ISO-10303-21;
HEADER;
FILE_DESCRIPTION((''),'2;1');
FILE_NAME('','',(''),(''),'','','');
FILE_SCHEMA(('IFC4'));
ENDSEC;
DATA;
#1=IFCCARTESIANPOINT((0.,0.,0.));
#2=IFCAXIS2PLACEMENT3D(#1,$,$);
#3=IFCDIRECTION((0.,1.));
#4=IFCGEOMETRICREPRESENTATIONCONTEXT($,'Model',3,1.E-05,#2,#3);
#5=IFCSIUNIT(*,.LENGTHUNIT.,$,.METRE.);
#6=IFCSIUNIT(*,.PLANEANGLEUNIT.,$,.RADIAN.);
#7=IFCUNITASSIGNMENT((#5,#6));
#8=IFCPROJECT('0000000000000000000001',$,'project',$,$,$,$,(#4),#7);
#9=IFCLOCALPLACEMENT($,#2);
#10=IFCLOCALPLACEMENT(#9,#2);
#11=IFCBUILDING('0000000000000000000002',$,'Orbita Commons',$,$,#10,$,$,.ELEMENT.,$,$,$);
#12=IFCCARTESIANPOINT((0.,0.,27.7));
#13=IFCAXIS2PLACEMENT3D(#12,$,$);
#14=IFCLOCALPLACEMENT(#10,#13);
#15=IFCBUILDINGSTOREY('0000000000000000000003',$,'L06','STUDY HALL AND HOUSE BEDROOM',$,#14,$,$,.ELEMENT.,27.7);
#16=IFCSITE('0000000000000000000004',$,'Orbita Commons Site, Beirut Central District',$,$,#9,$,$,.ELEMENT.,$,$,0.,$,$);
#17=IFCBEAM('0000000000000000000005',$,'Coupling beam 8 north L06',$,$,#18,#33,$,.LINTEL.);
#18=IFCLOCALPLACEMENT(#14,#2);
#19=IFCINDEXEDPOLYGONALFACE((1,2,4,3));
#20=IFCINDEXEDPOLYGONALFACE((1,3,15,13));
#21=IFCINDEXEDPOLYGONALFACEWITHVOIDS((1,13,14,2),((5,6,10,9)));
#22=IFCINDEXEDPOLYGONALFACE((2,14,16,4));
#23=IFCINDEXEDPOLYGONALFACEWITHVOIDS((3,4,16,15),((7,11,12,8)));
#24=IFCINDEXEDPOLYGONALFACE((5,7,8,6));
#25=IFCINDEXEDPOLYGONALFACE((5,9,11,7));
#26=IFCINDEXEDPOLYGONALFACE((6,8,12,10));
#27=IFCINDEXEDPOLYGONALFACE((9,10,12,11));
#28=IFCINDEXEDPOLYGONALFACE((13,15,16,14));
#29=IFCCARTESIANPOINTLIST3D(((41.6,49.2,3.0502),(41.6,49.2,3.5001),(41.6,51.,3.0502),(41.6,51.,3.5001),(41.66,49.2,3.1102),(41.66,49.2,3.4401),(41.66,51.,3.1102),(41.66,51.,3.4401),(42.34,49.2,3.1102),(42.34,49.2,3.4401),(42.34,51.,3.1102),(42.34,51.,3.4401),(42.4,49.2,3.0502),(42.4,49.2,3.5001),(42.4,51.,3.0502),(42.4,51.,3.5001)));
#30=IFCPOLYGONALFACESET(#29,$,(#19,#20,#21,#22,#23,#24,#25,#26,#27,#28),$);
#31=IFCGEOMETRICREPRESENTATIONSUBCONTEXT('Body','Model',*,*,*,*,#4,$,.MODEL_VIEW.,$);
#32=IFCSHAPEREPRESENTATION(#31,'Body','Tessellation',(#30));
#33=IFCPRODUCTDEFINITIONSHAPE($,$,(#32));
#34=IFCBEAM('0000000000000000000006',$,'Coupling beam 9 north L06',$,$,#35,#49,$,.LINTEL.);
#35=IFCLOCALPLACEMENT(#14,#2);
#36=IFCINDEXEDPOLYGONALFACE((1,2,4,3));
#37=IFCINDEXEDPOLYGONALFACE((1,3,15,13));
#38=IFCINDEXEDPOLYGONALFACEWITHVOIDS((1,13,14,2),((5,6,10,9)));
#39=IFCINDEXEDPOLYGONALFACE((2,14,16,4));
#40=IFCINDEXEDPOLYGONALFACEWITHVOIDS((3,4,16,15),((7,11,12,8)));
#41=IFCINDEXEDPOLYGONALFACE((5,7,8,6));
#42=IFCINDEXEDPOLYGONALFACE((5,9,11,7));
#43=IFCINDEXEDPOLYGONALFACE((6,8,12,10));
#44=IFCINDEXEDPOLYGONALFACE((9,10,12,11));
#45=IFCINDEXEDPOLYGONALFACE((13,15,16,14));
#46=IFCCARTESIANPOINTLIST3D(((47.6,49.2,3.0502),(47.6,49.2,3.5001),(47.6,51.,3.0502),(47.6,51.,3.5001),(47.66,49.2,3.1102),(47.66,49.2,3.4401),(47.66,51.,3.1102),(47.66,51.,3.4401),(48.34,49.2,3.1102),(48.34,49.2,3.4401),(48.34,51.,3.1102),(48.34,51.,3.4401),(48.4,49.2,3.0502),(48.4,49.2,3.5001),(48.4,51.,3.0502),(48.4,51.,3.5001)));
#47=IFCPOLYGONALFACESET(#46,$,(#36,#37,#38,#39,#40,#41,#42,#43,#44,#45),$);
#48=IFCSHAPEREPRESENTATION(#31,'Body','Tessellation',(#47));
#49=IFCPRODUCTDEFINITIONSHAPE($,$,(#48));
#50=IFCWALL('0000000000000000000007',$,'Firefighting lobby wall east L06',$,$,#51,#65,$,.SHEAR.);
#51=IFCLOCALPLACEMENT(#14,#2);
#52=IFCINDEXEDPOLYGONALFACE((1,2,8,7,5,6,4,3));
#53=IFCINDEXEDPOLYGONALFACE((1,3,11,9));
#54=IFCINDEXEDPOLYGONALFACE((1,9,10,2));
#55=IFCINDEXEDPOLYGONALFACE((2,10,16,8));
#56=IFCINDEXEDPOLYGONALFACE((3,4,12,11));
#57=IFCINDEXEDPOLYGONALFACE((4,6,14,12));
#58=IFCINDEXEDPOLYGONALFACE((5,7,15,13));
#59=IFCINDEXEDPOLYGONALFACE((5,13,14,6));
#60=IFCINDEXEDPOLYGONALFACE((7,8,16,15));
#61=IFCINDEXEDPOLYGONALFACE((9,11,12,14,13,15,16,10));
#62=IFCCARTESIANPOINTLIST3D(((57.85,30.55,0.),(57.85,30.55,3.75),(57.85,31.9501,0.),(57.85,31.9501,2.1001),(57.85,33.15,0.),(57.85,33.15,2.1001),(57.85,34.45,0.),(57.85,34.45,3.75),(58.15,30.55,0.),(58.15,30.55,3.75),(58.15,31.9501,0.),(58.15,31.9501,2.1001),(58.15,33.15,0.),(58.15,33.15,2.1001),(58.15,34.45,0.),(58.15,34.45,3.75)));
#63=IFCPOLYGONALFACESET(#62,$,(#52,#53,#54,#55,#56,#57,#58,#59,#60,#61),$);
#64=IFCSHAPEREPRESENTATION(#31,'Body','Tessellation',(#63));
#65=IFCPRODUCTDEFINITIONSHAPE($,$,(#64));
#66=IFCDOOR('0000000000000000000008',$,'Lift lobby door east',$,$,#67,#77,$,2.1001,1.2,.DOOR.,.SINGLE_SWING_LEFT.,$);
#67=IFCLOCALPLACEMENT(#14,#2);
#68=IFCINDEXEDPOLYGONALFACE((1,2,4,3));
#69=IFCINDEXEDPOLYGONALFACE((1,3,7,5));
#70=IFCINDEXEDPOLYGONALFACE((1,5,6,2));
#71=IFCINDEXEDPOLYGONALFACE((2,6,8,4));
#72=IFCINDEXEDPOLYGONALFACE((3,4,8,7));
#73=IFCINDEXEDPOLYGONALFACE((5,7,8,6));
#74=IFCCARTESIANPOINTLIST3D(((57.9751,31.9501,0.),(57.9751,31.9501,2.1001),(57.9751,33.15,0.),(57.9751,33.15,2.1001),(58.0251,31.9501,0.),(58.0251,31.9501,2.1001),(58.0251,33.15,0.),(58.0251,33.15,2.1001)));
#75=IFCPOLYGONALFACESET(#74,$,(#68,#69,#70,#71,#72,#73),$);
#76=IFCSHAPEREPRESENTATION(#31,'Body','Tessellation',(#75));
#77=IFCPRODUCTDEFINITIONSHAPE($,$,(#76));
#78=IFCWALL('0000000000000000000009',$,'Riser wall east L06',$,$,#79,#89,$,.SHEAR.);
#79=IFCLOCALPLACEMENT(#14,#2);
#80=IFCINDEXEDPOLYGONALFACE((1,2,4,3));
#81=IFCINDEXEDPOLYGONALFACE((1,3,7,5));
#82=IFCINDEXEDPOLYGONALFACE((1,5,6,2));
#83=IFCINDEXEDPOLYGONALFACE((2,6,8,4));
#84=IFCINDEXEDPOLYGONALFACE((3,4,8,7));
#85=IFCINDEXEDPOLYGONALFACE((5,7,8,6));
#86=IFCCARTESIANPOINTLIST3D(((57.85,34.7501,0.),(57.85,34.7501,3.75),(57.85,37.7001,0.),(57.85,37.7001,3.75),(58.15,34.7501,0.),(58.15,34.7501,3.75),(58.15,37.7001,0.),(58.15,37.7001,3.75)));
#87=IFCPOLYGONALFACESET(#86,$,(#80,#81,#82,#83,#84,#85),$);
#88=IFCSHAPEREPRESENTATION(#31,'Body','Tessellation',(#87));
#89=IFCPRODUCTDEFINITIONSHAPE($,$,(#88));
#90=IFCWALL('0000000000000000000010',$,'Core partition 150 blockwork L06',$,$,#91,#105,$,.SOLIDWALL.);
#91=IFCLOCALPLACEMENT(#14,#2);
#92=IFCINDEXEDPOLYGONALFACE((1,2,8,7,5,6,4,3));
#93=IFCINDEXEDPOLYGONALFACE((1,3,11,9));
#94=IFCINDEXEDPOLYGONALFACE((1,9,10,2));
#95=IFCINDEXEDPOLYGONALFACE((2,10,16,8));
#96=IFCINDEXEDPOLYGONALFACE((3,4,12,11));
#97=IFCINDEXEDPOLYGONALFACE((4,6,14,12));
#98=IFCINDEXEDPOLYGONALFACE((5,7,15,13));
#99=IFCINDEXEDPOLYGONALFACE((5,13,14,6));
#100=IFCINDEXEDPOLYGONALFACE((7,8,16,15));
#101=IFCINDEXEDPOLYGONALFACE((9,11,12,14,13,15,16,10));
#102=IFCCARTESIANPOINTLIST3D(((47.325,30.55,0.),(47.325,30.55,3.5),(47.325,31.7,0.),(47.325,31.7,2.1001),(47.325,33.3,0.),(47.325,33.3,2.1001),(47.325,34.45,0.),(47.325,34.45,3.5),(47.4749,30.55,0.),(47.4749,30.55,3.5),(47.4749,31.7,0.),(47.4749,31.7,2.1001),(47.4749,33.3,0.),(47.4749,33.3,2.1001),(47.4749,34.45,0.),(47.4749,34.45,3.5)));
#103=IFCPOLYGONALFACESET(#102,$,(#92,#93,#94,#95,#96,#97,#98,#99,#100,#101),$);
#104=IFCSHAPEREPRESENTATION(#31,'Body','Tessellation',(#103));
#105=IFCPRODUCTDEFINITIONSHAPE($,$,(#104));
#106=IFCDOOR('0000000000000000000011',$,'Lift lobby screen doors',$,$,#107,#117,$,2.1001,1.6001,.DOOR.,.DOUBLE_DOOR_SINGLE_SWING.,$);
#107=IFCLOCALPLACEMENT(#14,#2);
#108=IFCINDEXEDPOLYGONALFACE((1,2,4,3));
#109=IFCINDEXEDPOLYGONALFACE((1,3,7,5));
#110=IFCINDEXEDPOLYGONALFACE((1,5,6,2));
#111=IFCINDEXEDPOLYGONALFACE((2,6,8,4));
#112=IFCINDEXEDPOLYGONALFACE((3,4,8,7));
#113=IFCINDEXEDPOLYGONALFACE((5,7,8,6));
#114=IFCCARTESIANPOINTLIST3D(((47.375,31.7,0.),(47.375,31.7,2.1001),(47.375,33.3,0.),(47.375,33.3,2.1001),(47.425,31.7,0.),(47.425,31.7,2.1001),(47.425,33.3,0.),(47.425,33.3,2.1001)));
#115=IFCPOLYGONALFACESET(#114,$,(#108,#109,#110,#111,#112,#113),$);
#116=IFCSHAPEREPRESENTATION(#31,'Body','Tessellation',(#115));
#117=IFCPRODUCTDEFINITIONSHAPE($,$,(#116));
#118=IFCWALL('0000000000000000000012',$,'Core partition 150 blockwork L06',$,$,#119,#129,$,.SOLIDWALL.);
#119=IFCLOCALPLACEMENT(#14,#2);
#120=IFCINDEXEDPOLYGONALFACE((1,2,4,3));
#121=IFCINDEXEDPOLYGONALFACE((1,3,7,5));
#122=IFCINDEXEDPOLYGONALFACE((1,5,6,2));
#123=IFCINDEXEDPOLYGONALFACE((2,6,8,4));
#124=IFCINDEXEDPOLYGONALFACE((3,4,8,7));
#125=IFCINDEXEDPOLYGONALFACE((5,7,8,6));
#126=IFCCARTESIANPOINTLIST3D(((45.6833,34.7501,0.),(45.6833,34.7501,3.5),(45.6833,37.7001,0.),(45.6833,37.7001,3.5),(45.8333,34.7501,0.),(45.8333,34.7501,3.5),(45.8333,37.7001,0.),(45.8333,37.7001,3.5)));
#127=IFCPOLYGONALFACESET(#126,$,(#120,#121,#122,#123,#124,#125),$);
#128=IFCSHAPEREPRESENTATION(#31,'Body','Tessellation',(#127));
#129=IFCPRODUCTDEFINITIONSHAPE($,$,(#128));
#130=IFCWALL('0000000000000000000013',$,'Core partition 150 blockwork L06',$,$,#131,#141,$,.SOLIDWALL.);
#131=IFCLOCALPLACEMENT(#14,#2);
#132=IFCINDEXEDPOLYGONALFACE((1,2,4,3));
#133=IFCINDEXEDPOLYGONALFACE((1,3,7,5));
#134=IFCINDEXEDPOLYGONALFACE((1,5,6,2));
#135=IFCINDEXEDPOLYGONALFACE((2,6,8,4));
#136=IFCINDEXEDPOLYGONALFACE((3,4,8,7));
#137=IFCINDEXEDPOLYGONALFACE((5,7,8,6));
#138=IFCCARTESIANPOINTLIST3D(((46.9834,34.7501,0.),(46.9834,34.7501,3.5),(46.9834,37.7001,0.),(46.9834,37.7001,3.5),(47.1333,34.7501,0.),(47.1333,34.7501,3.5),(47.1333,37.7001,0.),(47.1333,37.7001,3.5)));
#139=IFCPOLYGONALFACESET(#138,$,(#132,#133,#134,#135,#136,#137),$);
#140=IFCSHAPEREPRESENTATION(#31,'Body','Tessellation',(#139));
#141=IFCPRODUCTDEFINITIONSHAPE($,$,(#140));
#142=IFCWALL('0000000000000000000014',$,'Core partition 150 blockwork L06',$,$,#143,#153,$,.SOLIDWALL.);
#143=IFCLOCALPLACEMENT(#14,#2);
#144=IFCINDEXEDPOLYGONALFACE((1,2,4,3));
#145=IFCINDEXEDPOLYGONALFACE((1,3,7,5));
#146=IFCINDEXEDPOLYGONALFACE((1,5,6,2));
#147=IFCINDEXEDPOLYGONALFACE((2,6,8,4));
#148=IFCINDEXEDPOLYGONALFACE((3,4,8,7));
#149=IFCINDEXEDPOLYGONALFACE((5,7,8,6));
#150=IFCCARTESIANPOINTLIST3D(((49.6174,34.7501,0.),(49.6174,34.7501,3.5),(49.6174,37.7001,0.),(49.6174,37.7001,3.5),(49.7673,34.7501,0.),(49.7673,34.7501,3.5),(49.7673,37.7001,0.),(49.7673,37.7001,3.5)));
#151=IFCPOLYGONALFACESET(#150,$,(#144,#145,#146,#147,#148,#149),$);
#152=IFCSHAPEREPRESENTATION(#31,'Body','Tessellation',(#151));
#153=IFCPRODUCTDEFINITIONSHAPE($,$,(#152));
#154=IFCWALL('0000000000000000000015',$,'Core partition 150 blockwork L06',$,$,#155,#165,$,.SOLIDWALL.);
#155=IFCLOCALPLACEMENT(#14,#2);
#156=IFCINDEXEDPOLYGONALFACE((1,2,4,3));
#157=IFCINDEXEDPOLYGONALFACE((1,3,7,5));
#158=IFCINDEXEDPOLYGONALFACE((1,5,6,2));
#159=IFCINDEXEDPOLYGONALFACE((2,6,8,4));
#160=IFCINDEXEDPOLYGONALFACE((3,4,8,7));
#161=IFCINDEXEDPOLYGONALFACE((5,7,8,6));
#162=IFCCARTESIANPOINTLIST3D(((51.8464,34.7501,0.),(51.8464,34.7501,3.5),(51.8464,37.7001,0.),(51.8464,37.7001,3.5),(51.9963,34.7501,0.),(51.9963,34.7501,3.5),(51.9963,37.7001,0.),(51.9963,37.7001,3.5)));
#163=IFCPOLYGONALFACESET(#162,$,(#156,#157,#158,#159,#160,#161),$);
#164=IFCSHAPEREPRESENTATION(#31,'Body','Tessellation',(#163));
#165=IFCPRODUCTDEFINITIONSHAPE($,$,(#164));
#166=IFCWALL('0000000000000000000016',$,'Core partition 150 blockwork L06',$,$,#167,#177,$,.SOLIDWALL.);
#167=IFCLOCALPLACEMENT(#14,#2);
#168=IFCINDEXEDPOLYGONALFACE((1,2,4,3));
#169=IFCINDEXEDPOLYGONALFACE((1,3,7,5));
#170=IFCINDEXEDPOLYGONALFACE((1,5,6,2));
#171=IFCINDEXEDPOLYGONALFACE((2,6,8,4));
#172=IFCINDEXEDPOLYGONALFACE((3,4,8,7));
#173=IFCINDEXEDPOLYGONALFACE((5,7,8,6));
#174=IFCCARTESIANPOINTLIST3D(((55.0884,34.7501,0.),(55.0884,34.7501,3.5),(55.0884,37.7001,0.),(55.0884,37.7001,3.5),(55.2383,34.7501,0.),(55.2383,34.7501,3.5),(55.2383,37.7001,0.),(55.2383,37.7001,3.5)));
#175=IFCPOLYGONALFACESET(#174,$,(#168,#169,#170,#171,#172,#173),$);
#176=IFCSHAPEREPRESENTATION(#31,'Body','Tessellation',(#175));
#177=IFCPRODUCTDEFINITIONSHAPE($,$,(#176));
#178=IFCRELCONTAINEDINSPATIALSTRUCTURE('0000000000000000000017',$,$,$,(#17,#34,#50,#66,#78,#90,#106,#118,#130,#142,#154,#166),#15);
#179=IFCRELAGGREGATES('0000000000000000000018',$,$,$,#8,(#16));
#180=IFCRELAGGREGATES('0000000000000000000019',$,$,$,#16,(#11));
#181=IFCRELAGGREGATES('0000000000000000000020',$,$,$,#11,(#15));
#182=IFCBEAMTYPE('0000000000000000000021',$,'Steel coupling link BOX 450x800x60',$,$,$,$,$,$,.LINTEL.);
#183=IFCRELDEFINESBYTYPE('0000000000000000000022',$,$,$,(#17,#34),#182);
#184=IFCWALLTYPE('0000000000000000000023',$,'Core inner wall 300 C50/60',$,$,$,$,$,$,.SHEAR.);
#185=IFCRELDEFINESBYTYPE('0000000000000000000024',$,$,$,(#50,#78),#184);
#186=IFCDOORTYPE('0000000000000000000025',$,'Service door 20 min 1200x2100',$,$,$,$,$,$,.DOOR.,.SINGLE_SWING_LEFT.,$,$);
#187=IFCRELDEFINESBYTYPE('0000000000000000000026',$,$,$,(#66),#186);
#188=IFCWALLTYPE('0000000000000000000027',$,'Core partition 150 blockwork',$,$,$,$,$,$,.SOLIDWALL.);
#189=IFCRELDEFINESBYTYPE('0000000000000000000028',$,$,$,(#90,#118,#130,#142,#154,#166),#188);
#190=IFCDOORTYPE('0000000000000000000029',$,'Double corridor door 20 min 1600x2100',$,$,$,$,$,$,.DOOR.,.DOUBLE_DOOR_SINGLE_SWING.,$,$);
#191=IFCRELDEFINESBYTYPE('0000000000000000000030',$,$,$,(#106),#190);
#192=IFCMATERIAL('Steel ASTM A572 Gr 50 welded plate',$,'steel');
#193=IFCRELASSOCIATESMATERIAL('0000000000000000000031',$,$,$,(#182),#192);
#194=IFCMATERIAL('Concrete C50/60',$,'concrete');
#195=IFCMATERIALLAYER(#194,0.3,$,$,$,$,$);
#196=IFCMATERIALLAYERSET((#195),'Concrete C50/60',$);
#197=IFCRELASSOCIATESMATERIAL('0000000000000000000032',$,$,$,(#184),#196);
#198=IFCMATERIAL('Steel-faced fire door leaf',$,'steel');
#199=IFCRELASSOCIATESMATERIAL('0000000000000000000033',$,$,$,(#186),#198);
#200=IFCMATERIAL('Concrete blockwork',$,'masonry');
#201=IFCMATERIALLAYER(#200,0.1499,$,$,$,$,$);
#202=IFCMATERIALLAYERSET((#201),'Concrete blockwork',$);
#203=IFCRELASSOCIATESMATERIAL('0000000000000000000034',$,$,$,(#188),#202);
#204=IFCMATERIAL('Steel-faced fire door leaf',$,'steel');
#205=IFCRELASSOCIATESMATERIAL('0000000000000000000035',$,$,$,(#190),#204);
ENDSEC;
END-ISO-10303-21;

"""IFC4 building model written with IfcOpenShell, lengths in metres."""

from ifc_helpers import new_model, si_unit, direction, frame, frame_2d, origin, origin_2d, place, context, subcontext, project, spatial, rectangle, hollow_rectangle, extrude, material, layer, layer_set, material_profile, profile_set, type_object, element, fill, save


model = new_model("IFC4")

# Units and contexts
model_context = context("Model", 3, precision=1e-05, world=origin(), true_north=direction((0.0, 1.0)))
body_context = subcontext(model_context, "Body", "Model", "MODEL_VIEW")
ifc_project = project(units=[si_unit("LENGTHUNIT", "METRE"), si_unit("PLANEANGLEUNIT", "RADIAN")], contexts=[model_context])

# Site, building, storey
site_placement = place(None, origin())
site = spatial("IfcSite", under=ifc_project, at=site_placement, Name="Orbita Commons Site, Beirut Central District", CompositionType="ELEMENT", RefElevation=0.0)
building_placement = place(site_placement, origin())
building = spatial("IfcBuilding", under=site, at=building_placement, Name="Orbita Commons", CompositionType="ELEMENT")
storey_placement = place(building_placement, frame((0.0, 0.0, 27.7)))
storey = spatial("IfcBuildingStorey", under=building, at=storey_placement, Name="L06", Description="STUDY HALL AND HOUSE BEDROOM", CompositionType="ELEMENT", Elevation=27.7)

# Beams
ifc_material_1 = material(Name="Steel ASTM A572 Gr 50 welded plate", Category="steel")
ifc_material_profile = material_profile(ifc_material_1, hollow_rectangle(XDim=0.8, YDim=0.45, WallThickness=0.0601, at=origin_2d()), Name="BOX 450x800x60")
ifc_profile_set = profile_set([ifc_material_profile], Name="Steel ASTM A572 Gr 50 welded plate")
beam_type = type_object("IfcBeamType", Name="Steel coupling link BOX 450x800x60", PredefinedType="LINTEL", material=ifc_profile_set)
for number, where, z_axis, x_axis, name in (
    (1, (42.0, 49.2, 3.2751), (0.0, 1.0, 0.0), (-1.0, 0.0, 0.0), "Coupling beam 8 north L06"),
    (2, (48.0, 49.2, 3.2751), (0.0, 1.0, 0.0), (-1.0, 0.0, 0.0), "Coupling beam 9 north L06"),
):
    element("IfcBeam", number, at=place(storey_placement, frame(where, z_axis=z_axis, x_axis=x_axis)), inside=storey, type_object=beam_type, Name=name, PredefinedType="LINTEL", context=body_context, shape_type="SweptSolid", body=[
        extrude(hollow_rectangle(XDim=0.8, YDim=0.45, WallThickness=0.0601, at=origin_2d()), origin(), (0.0, 0.0, 1.0), 1.8),
    ])

# Wall, opening, door
ifc_material_2 = material(Name="Concrete C50/60", Category="concrete")
ifc_layer_1 = layer(ifc_material_2, 0.3)
ifc_layer_set_1 = layer_set([ifc_layer_1], Name="Concrete C50/60")
wall_type_1 = type_object("IfcWallType", Name="Core inner wall 300 C50/60", PredefinedType="SHEAR", material=ifc_layer_set_1)
wall_1_placement = place(storey_placement, frame((58.0, 30.55, 0.0), z_axis=(0.0, 0.0, 1.0), x_axis=(0.0, 1.0, 0.0)))
wall_1 = element("IfcWall", 3, at=wall_1_placement, inside=storey, type_object=wall_type_1, Name="Firefighting lobby wall east L06", PredefinedType="SHEAR", context=body_context, shape_type="SweptSolid", body=[
    extrude(rectangle(XDim=3.8999, YDim=0.3, at=frame_2d((1.95, 0.0))), origin(), (0.0, 0.0, 1.0), 3.75),
])
opening_1_placement = place(wall_1_placement, frame((1.3999, 0.0, 0.0)))
opening_1 = element("IfcOpeningElement", 4, at=opening_1_placement, cuts=wall_1, PredefinedType="OPENING", context=body_context, shape_type="SweptSolid", body=[
    extrude(rectangle(XDim=1.2, YDim=2.1001, at=frame_2d((0.6001, 1.05))), frame((0.0, 0.1599, 0.0), z_axis=(0.0, -1.0, 0.0), x_axis=(1.0, 0.0, 0.0)), (0.0, 0.0, 1.0), 0.3201),
])
ifc_material_3 = material(Name="Steel-faced fire door leaf", Category="steel")
door_type_1 = type_object("IfcDoorType", Name="Service door 20 min 1200x2100", OperationType="SINGLE_SWING_LEFT", PredefinedType="DOOR", material=ifc_material_3)
door_1_placement = place(opening_1_placement, origin())
door_1 = element("IfcDoor", 5, at=door_1_placement, inside=storey, type_object=door_type_1, Name="Lift lobby door east", OperationType="SINGLE_SWING_LEFT", OverallHeight=2.1001, OverallWidth=1.2, PredefinedType="DOOR", context=body_context, shape_type="SweptSolid", body=[
    extrude(rectangle(XDim=1.2, YDim=2.1001, at=frame_2d((0.6001, 1.05))), frame((0.0, 0.0249, 0.0), z_axis=(0.0, -1.0, 0.0), x_axis=(1.0, 0.0, 0.0)), (0.0, 0.0, 1.0), 0.05),
])
fill(opening_1, door_1)

# Wall
wall_2_placement = place(storey_placement, frame((58.0, 34.75, 0.0), z_axis=(0.0, 0.0, 1.0), x_axis=(0.0, 1.0, 0.0)))
element("IfcWall", 6, at=wall_2_placement, inside=storey, type_object=wall_type_1, Name="Riser wall east L06", PredefinedType="SHEAR", context=body_context, shape_type="SweptSolid", body=[
    extrude(rectangle(XDim=2.95, YDim=0.3, at=frame_2d((1.4751, 0.0))), origin(), (0.0, 0.0, 1.0), 3.75),
])

# Wall, opening, door
ifc_material_4 = material(Name="Concrete blockwork", Category="masonry")
ifc_layer_2 = layer(ifc_material_4, 0.1499)
ifc_layer_set_2 = layer_set([ifc_layer_2], Name="Concrete blockwork")
wall_type_2 = type_object("IfcWallType", Name="Core partition 150 blockwork", PredefinedType="SOLIDWALL", material=ifc_layer_set_2)
wall_3_placement = place(storey_placement, frame((47.3999, 30.55, 0.0), z_axis=(0.0, 0.0, 1.0), x_axis=(0.0, 1.0, 0.0)))
wall_3 = element("IfcWall", 7, at=wall_3_placement, inside=storey, type_object=wall_type_2, Name="Core partition 150 blockwork L06", PredefinedType="SOLIDWALL", context=body_context, shape_type="SweptSolid", body=[
    extrude(rectangle(XDim=3.8999, YDim=0.1499, at=frame_2d((1.95, 0.0))), origin(), (0.0, 0.0, 1.0), 3.5),
])
opening_2_placement = place(wall_3_placement, frame((1.1499, 0.0, 0.0)))
opening_2 = element("IfcOpeningElement", 8, at=opening_2_placement, cuts=wall_3, PredefinedType="OPENING", context=body_context, shape_type="SweptSolid", body=[
    extrude(rectangle(XDim=1.6001, YDim=2.1001, at=frame_2d((0.8, 1.05))), frame((0.0, 0.085, 0.0), z_axis=(0.0, -1.0, 0.0), x_axis=(1.0, 0.0, 0.0)), (0.0, 0.0, 1.0), 0.1699),
])
ifc_material_5 = material(Name="Steel-faced fire door leaf", Category="steel")
door_type_2 = type_object("IfcDoorType", Name="Double corridor door 20 min 1600x2100", OperationType="DOUBLE_DOOR_SINGLE_SWING", PredefinedType="DOOR", material=ifc_material_5)
door_2_placement = place(opening_2_placement, origin())
door_2 = element("IfcDoor", 9, at=door_2_placement, inside=storey, type_object=door_type_2, Name="Lift lobby screen doors", OperationType="DOUBLE_DOOR_SINGLE_SWING", OverallHeight=2.1001, OverallWidth=1.6001, PredefinedType="DOOR", context=body_context, shape_type="SweptSolid", body=[
    extrude(rectangle(XDim=1.6001, YDim=2.1001, at=frame_2d((0.8, 1.05))), frame((0.0, 0.0249, 0.0), z_axis=(0.0, -1.0, 0.0), x_axis=(1.0, 0.0, 0.0)), (0.0, 0.0, 1.0), 0.05),
])
fill(opening_2, door_2)

# Walls
for number, where, z_axis, x_axis, name in (
    (10, (45.7583, 34.75, 0.0), (0.0, 0.0, 1.0), (0.0, 1.0, 0.0), "Core partition 150 blockwork L06"),
    (11, (47.0583, 34.75, 0.0), (0.0, 0.0, 1.0), (0.0, 1.0, 0.0), "Core partition 150 blockwork L06"),
    (12, (49.6924, 34.75, 0.0), (0.0, 0.0, 1.0), (0.0, 1.0, 0.0), "Core partition 150 blockwork L06"),
    (13, (51.9214, 34.75, 0.0), (0.0, 0.0, 1.0), (0.0, 1.0, 0.0), "Core partition 150 blockwork L06"),
    (14, (55.1633, 34.75, 0.0), (0.0, 0.0, 1.0), (0.0, 1.0, 0.0), "Core partition 150 blockwork L06"),
):
    element("IfcWall", number, at=place(storey_placement, frame(where, z_axis=z_axis, x_axis=x_axis)), inside=storey, type_object=wall_type_2, Name=name, PredefinedType="SOLIDWALL", context=body_context, shape_type="SweptSolid", body=[
        extrude(rectangle(XDim=2.95, YDim=0.1499, at=frame_2d((1.4751, 0.0))), origin(), (0.0, 0.0, 1.0), 3.5),
    ])

save(model, "model.ifc")
